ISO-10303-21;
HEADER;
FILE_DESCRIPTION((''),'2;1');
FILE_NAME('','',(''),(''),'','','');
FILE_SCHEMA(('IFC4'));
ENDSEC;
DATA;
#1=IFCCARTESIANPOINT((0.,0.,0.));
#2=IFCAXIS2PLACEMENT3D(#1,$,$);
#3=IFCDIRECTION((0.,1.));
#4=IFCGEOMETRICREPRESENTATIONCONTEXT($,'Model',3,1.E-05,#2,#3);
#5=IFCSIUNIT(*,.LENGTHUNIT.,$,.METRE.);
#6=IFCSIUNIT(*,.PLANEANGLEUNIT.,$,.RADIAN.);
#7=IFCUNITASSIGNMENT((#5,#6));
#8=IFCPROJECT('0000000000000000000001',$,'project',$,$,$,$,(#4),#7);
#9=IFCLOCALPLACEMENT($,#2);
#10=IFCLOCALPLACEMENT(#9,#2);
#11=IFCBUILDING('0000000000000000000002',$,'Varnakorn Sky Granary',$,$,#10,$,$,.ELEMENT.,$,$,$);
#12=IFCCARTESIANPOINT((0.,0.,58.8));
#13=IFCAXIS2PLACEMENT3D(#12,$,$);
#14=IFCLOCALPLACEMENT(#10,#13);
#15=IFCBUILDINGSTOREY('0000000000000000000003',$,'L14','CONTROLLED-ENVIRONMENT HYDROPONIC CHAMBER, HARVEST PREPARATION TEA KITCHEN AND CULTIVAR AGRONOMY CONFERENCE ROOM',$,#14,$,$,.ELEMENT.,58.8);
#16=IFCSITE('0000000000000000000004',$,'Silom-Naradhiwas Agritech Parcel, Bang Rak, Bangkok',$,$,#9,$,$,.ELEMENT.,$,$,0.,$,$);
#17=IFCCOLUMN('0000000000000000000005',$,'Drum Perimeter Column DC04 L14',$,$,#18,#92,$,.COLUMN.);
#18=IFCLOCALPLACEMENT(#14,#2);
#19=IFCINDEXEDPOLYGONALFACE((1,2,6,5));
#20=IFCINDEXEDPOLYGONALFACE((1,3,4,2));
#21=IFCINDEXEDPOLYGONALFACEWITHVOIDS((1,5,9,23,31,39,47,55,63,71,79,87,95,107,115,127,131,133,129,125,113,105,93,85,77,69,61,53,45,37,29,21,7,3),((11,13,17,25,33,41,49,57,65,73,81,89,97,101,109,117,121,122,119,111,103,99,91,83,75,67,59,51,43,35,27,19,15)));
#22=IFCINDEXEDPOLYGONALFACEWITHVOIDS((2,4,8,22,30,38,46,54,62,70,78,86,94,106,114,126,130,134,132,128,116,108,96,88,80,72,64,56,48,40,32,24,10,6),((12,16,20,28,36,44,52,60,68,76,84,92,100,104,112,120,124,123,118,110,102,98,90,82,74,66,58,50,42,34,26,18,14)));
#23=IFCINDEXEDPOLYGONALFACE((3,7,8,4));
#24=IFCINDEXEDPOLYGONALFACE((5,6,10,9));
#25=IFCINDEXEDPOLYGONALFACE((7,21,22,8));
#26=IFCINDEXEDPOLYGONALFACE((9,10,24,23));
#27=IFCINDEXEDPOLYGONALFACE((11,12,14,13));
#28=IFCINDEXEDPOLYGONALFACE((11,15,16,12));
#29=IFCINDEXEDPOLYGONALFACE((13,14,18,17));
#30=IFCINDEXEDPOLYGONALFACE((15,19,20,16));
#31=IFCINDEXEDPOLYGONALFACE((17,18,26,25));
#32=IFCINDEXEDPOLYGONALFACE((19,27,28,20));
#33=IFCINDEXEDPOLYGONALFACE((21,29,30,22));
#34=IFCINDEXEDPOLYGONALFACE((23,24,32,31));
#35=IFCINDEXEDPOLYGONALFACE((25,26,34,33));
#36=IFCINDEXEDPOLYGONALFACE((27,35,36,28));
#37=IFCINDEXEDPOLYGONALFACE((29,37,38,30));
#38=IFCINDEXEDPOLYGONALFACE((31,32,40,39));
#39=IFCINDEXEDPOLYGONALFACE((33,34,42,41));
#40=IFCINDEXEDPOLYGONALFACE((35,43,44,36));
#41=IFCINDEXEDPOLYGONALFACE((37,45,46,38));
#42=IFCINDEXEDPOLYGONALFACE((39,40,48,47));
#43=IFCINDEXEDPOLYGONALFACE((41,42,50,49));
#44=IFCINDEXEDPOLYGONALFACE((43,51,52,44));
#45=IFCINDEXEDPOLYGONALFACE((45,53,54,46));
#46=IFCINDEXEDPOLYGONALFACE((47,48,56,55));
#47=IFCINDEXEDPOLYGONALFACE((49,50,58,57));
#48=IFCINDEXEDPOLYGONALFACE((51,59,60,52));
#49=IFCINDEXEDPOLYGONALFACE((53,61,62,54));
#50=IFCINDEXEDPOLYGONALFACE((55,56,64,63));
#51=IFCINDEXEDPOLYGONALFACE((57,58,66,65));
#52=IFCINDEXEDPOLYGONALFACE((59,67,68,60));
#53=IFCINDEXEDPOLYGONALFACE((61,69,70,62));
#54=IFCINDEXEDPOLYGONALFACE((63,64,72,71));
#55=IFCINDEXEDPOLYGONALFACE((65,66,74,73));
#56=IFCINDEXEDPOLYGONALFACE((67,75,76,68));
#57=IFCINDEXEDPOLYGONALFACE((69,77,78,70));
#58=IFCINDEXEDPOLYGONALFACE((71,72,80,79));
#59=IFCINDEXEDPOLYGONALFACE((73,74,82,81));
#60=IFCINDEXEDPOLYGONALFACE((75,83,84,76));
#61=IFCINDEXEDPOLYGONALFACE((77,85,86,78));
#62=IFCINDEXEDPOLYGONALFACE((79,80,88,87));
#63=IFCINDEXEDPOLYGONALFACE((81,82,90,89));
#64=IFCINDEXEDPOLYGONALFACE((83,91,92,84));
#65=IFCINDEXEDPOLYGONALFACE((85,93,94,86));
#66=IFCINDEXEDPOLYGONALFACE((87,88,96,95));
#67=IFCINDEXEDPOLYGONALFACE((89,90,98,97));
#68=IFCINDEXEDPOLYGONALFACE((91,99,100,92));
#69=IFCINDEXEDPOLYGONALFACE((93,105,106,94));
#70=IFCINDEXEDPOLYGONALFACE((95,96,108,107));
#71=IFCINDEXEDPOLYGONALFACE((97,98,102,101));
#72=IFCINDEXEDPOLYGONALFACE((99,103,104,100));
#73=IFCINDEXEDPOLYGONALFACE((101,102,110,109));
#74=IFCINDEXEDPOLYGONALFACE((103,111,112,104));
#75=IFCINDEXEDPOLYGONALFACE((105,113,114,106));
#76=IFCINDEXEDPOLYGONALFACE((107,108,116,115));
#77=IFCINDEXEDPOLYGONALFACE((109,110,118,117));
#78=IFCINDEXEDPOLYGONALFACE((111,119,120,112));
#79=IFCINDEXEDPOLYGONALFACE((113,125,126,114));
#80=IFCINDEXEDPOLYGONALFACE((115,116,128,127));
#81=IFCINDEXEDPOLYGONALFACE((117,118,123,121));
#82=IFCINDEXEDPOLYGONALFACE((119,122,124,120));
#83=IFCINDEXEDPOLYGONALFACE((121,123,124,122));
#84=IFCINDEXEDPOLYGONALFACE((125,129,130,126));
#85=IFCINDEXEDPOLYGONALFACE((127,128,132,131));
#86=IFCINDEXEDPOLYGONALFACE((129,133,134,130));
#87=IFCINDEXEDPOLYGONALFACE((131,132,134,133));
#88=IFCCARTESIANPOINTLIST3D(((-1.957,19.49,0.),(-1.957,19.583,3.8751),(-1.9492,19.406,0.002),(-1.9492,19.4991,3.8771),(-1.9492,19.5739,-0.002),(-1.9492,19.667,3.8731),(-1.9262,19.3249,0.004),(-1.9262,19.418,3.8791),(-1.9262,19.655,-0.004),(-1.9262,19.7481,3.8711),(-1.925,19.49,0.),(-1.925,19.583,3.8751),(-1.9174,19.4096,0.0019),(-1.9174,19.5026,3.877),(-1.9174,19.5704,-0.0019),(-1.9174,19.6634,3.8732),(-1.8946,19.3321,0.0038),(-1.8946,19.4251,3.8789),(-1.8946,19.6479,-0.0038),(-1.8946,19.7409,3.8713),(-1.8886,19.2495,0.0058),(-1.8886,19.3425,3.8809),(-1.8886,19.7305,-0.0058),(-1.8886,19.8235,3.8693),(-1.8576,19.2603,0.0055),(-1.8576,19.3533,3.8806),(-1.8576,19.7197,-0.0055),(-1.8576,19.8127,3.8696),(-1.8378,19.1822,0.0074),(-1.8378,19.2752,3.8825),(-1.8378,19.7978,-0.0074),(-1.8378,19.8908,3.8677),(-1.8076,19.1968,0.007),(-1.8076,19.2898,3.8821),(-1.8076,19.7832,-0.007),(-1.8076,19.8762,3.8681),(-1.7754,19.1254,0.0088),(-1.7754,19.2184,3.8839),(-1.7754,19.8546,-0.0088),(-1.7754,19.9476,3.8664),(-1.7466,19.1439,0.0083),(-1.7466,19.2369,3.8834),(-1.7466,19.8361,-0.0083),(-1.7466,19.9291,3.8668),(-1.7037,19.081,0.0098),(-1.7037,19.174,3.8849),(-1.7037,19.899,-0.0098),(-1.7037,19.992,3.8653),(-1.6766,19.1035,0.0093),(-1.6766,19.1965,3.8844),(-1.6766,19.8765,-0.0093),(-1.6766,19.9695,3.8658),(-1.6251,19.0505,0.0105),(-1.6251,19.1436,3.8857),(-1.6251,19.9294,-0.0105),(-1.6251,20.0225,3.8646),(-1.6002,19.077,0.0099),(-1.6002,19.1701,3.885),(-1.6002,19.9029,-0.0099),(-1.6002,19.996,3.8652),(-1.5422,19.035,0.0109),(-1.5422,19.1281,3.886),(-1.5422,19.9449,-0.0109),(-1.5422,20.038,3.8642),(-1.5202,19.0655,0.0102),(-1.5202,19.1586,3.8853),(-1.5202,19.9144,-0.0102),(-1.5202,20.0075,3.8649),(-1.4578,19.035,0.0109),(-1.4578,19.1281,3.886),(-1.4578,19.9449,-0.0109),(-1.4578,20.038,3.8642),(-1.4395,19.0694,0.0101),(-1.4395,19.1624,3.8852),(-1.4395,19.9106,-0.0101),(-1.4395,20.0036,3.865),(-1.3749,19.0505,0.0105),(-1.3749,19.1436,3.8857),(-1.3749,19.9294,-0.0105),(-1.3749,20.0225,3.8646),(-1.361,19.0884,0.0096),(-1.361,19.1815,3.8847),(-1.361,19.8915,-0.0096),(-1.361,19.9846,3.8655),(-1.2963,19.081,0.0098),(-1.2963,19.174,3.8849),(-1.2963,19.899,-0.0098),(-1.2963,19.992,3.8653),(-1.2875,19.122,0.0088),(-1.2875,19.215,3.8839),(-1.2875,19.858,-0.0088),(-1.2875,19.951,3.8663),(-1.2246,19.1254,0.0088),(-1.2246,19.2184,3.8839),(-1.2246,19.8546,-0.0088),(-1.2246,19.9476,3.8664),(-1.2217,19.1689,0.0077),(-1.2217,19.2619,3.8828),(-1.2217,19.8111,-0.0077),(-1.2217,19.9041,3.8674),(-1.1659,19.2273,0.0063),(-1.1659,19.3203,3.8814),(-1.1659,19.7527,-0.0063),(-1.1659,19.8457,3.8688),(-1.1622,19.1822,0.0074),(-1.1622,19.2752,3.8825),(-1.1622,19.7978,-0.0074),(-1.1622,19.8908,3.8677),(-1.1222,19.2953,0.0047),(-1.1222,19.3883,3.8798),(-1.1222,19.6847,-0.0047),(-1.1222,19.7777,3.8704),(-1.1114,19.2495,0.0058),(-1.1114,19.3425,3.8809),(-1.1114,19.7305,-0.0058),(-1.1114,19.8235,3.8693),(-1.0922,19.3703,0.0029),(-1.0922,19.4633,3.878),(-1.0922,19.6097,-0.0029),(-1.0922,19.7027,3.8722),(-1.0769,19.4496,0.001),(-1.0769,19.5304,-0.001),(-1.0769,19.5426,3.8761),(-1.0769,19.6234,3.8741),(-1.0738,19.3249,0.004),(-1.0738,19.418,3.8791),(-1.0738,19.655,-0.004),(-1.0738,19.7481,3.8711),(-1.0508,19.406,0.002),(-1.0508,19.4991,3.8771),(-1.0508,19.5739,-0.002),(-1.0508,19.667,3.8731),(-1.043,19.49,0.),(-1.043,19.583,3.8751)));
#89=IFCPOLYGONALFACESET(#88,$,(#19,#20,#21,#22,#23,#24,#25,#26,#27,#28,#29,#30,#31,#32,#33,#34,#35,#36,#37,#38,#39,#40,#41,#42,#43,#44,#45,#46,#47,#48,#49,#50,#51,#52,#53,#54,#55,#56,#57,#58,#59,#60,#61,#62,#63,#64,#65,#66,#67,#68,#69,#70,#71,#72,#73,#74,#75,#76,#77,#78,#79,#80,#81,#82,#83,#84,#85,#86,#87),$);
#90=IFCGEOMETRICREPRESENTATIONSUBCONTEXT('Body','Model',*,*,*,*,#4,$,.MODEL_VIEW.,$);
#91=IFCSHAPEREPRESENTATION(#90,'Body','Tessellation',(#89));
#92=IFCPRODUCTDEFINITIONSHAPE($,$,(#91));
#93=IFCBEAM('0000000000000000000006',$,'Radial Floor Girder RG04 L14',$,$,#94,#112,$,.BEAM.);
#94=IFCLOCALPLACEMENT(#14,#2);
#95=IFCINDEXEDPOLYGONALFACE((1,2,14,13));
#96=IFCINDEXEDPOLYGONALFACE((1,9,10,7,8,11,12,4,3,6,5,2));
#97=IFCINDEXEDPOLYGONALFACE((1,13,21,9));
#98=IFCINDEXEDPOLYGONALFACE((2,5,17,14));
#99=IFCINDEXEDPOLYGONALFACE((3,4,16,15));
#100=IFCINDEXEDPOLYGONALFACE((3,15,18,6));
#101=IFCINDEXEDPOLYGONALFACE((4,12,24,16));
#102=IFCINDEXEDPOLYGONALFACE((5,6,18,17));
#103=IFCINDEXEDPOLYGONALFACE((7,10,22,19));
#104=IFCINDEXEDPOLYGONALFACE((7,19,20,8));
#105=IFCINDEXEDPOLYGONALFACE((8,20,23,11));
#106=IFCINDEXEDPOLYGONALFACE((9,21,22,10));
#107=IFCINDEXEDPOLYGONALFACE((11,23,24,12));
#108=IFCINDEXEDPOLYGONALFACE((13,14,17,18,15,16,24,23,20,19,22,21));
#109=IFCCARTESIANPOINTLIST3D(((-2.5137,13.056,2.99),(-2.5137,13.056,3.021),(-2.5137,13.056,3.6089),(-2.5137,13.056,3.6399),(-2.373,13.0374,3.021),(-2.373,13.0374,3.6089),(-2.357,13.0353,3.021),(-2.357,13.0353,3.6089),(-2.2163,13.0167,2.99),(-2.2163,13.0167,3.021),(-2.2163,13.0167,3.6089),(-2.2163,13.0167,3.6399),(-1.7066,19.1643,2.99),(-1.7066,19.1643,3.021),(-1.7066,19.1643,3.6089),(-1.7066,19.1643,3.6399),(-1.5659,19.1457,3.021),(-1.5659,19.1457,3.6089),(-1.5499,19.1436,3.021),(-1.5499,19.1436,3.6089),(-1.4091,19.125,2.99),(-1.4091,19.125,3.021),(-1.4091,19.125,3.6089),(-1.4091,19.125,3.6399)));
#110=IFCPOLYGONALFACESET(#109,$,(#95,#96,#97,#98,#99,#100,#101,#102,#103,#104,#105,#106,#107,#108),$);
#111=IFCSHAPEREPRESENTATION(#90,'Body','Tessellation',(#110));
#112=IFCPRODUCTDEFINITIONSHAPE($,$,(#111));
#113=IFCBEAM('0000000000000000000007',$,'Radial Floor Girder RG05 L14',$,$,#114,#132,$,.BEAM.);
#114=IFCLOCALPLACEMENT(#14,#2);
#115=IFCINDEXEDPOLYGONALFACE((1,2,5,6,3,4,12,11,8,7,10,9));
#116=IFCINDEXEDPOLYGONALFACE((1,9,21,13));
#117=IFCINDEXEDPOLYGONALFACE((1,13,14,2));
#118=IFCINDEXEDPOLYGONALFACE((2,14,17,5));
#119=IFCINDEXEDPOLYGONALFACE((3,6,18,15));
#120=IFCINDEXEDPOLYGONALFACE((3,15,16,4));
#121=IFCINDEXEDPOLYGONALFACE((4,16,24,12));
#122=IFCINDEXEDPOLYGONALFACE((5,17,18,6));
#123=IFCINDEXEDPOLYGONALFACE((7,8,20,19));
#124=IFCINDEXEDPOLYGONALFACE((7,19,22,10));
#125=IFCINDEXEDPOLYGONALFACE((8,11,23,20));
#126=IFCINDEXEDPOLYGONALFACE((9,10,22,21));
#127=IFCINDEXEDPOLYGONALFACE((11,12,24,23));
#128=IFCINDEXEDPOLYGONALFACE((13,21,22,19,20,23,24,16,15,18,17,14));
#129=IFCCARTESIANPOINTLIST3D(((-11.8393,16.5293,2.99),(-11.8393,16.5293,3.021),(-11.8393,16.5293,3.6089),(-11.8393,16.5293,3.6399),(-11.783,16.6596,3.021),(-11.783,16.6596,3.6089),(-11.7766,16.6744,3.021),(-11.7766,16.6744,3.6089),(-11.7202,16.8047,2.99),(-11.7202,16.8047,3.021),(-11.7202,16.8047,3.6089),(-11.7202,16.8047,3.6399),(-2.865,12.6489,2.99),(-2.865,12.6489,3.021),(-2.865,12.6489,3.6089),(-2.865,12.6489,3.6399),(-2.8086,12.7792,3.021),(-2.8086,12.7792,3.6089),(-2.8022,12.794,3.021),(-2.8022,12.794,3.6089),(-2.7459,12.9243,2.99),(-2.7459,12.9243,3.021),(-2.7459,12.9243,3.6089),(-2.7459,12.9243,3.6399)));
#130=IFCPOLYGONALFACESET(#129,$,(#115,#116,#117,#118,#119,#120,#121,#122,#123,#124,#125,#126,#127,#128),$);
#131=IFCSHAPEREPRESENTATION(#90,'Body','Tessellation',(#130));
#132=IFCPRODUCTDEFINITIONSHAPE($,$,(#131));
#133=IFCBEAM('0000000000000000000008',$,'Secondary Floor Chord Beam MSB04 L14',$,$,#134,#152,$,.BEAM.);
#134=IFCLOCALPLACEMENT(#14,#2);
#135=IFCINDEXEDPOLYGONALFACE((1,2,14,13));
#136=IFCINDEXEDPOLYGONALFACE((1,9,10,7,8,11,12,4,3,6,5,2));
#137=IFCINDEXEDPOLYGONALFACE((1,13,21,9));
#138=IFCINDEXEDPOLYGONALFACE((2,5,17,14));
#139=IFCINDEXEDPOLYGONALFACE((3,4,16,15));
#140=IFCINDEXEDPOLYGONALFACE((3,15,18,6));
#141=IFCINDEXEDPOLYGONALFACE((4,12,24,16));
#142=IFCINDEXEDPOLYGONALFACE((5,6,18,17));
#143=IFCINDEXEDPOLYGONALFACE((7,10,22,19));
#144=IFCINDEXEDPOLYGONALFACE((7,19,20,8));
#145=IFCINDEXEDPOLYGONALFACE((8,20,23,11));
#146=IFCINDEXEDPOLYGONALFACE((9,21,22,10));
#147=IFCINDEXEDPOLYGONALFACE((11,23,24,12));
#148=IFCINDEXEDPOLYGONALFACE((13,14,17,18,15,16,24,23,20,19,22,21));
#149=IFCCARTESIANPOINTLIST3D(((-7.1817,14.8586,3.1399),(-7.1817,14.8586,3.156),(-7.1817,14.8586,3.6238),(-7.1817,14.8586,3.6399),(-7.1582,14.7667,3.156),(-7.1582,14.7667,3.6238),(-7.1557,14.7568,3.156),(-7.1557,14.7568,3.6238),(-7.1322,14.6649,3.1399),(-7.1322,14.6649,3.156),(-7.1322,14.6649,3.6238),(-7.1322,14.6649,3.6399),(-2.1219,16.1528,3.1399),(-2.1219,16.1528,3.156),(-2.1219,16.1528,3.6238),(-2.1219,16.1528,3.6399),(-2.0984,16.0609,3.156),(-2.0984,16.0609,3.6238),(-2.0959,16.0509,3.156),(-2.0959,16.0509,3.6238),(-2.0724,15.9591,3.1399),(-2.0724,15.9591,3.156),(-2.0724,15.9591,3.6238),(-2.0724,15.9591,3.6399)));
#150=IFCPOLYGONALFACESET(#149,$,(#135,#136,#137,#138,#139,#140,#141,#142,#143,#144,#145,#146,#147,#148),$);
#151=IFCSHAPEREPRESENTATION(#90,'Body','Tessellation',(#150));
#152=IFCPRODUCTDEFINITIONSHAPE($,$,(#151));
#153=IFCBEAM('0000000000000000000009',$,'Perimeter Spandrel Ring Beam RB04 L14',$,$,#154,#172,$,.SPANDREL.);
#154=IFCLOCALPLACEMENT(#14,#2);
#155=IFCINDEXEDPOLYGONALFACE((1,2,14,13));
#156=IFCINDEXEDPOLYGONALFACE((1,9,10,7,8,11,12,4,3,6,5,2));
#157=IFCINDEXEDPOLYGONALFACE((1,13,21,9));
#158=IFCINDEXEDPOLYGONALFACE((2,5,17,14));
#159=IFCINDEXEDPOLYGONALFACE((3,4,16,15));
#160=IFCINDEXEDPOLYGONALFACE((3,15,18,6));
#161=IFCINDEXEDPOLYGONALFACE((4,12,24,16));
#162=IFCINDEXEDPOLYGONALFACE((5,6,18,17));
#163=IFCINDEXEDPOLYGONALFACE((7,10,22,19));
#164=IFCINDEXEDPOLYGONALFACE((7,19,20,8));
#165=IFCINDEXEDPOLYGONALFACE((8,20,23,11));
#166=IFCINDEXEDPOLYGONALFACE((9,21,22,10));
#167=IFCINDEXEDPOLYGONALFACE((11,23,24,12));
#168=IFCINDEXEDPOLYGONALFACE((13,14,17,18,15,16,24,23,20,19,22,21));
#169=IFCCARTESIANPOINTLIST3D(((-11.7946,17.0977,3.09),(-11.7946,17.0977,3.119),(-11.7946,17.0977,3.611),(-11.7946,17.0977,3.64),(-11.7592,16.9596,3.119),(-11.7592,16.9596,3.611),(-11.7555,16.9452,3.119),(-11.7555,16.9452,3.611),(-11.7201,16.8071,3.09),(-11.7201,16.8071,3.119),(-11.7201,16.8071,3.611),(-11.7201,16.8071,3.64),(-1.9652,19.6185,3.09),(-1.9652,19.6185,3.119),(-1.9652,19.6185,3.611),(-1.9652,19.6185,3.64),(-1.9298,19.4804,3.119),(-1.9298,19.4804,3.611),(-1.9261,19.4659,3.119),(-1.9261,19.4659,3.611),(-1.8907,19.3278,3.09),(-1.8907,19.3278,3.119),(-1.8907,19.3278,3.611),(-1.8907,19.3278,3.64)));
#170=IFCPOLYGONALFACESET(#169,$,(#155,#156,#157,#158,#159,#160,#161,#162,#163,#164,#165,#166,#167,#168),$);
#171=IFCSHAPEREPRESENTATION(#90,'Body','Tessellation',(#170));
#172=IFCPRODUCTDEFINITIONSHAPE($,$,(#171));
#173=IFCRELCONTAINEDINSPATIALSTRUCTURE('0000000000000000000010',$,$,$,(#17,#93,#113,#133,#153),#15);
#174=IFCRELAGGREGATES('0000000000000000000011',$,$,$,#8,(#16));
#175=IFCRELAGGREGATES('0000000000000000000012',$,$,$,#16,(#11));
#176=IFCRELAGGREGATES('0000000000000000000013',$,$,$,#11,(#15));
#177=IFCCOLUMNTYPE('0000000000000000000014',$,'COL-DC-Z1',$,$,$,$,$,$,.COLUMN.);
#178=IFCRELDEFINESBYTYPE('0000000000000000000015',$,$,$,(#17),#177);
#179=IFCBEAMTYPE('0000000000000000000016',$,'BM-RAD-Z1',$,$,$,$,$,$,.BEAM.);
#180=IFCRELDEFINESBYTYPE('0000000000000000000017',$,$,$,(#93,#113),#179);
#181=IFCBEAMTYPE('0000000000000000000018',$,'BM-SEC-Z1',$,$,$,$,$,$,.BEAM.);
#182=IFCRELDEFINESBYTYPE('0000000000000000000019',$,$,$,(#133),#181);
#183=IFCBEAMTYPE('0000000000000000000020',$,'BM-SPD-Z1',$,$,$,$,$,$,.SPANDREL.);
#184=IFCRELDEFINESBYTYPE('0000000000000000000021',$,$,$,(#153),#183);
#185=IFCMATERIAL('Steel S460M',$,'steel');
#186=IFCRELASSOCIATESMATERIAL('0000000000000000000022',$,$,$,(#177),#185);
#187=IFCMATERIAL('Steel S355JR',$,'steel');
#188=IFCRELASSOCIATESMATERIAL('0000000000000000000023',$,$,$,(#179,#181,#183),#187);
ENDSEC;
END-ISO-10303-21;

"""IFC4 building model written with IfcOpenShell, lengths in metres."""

from ifc_helpers import new_model, si_unit, direction, frame, origin, origin_2d, place, context, subcontext, project, spatial, hollow_circle, i_section, extrude, material, material_profile, profile_set, type_object, element, save


model = new_model("IFC4")

# Units and contexts
model_context = context("Model", 3, precision=1e-05, world=origin(), true_north=direction((0.0, 1.0)))
body_context = subcontext(model_context, "Body", "Model", "MODEL_VIEW")
ifc_project = project(units=[si_unit("LENGTHUNIT", "METRE"), si_unit("PLANEANGLEUNIT", "RADIAN")], contexts=[model_context])

# Site, building, storey
site_placement = place(None, origin())
site = spatial("IfcSite", under=ifc_project, at=site_placement, Name="Silom-Naradhiwas Agritech Parcel, Bang Rak, Bangkok", CompositionType="ELEMENT", RefElevation=0.0)
building_placement = place(site_placement, origin())
building = spatial("IfcBuilding", under=site, at=building_placement, Name="Varnakorn Sky Granary", CompositionType="ELEMENT")
storey_placement = place(building_placement, frame((0.0, 0.0, 58.8)))
storey = spatial("IfcBuildingStorey", under=building, at=storey_placement, Name="L14", Description="CONTROLLED-ENVIRONMENT HYDROPONIC CHAMBER, HARVEST PREPARATION TEA KITCHEN AND CULTIVAR AGRONOMY CONFERENCE ROOM", CompositionType="ELEMENT", Elevation=58.8)

# Column
ifc_material_1 = material(Name="Steel S460M", Category="steel")
ifc_material_profile_1 = material_profile(ifc_material_1, hollow_circle(Radius=0.457, WallThickness=0.032, at=origin_2d()), Name="CHS 914x32")
ifc_profile_set_1 = profile_set([ifc_material_profile_1], Name="Steel S460M")
column_type = type_object("IfcColumnType", Name="COL-DC-Z1", PredefinedType="COLUMN", material=ifc_profile_set_1)
column_placement = place(storey_placement, frame((-1.5, 19.49, 0.0), z_axis=(0.0, 0.023998, 0.999712), x_axis=(-1.0, 0.0, 0.0)))
element("IfcColumn", 1, at=column_placement, inside=storey, type_object=column_type, Name="Drum Perimeter Column DC04 L14", PredefinedType="COLUMN", context=body_context, shape_type="SweptSolid", body=[
    extrude(hollow_circle(Radius=0.457, WallThickness=0.032, at=origin_2d()), origin(), (0.0, 0.0, 1.0), 3.8762),
])

# Beams
ifc_material_2 = material(Name="Steel S355JR", Category="steel")
ifc_material_profile_2 = material_profile(ifc_material_2, i_section(OverallWidth=0.3, OverallDepth=0.6499, WebThickness=0.0161, FlangeThickness=0.031, at=origin_2d()), Name="HE 650 B")
ifc_profile_set_2 = profile_set([ifc_material_profile_2], Name="Steel S355JR")
beam_type_1 = type_object("IfcBeamType", Name="BM-RAD-Z1", PredefinedType="BEAM", material=ifc_profile_set_2)
beam_1_placement = place(storey_placement, frame((-2.365, 13.0364, 3.3149), z_axis=(0.130996, 0.991383, 0.0), x_axis=(-0.991383, 0.130996, 0.0)))
element("IfcBeam", 2, at=beam_1_placement, inside=storey, type_object=beam_type_1, Name="Radial Floor Girder RG04 L14", PredefinedType="BEAM", context=body_context, shape_type="SweptSolid", body=[
    extrude(i_section(OverallWidth=0.3, OverallDepth=0.6499, WebThickness=0.0161, FlangeThickness=0.031, at=origin_2d()), origin(), (0.0, 0.0, 1.0), 6.1614),
])
beam_2_placement = place(storey_placement, frame((-2.8054, 12.7866, 3.3149), z_axis=(-0.917873, 0.396874, 0.0), x_axis=(-0.396874, -0.917873, 0.0)))
element("IfcBeam", 3, at=beam_2_placement, inside=storey, type_object=beam_type_1, Name="Radial Floor Girder RG05 L14", PredefinedType="BEAM", context=body_context, shape_type="SweptSolid", body=[
    extrude(i_section(OverallWidth=0.3, OverallDepth=0.6499, WebThickness=0.0161, FlangeThickness=0.031, at=origin_2d()), origin(), (0.0, 0.0, 1.0), 9.7773),
])
ifc_material_profile_3 = material_profile(ifc_material_2, i_section(OverallWidth=0.2, OverallDepth=0.5, WebThickness=0.0103, FlangeThickness=0.0161, at=origin_2d()), Name="IPE 500")
ifc_profile_set_3 = profile_set([ifc_material_profile_3], Name="Steel S355JR")
beam_type_2 = type_object("IfcBeamType", Name="BM-SEC-Z1", PredefinedType="BEAM", material=ifc_profile_set_3)
beam_3_placement = place(storey_placement, frame((-2.0972, 16.0559, 3.3899), z_axis=(-0.968811, -0.247801, 0.0), x_axis=(0.247801, -0.968811, 0.0)))
element("IfcBeam", 4, at=beam_3_placement, inside=storey, type_object=beam_type_2, Name="Secondary Floor Chord Beam MSB04 L14", PredefinedType="BEAM", context=body_context, shape_type="SweptSolid", body=[
    extrude(i_section(OverallWidth=0.2, OverallDepth=0.5, WebThickness=0.0103, FlangeThickness=0.0161, at=origin_2d()), origin(), (0.0, 0.0, 1.0), 5.2227),
])
ifc_material_profile_4 = material_profile(ifc_material_2, i_section(OverallWidth=0.3, OverallDepth=0.55, WebThickness=0.0149, FlangeThickness=0.0291, at=origin_2d()), Name="HE 550 B")
ifc_profile_set_4 = profile_set([ifc_material_profile_4], Name="Steel S355JR")
beam_type_3 = type_object("IfcBeamType", Name="BM-SPD-Z1", PredefinedType="SPANDREL", material=ifc_profile_set_4)
beam_4_placement = place(storey_placement, frame((-1.928, 19.4731, 3.365), z_axis=(-0.968654, -0.248413, 0.0), x_axis=(0.248413, -0.968654, 0.0)))
element("IfcBeam", 5, at=beam_4_placement, inside=storey, type_object=beam_type_3, Name="Perimeter Spandrel Ring Beam RB04 L14", PredefinedType="SPANDREL", context=body_context, shape_type="SweptSolid", body=[
    extrude(i_section(OverallWidth=0.3, OverallDepth=0.55, WebThickness=0.0149, FlangeThickness=0.0291, at=origin_2d()), origin(), (0.0, 0.0, 1.0), 10.1475),
])

save(model, "model.ifc")
